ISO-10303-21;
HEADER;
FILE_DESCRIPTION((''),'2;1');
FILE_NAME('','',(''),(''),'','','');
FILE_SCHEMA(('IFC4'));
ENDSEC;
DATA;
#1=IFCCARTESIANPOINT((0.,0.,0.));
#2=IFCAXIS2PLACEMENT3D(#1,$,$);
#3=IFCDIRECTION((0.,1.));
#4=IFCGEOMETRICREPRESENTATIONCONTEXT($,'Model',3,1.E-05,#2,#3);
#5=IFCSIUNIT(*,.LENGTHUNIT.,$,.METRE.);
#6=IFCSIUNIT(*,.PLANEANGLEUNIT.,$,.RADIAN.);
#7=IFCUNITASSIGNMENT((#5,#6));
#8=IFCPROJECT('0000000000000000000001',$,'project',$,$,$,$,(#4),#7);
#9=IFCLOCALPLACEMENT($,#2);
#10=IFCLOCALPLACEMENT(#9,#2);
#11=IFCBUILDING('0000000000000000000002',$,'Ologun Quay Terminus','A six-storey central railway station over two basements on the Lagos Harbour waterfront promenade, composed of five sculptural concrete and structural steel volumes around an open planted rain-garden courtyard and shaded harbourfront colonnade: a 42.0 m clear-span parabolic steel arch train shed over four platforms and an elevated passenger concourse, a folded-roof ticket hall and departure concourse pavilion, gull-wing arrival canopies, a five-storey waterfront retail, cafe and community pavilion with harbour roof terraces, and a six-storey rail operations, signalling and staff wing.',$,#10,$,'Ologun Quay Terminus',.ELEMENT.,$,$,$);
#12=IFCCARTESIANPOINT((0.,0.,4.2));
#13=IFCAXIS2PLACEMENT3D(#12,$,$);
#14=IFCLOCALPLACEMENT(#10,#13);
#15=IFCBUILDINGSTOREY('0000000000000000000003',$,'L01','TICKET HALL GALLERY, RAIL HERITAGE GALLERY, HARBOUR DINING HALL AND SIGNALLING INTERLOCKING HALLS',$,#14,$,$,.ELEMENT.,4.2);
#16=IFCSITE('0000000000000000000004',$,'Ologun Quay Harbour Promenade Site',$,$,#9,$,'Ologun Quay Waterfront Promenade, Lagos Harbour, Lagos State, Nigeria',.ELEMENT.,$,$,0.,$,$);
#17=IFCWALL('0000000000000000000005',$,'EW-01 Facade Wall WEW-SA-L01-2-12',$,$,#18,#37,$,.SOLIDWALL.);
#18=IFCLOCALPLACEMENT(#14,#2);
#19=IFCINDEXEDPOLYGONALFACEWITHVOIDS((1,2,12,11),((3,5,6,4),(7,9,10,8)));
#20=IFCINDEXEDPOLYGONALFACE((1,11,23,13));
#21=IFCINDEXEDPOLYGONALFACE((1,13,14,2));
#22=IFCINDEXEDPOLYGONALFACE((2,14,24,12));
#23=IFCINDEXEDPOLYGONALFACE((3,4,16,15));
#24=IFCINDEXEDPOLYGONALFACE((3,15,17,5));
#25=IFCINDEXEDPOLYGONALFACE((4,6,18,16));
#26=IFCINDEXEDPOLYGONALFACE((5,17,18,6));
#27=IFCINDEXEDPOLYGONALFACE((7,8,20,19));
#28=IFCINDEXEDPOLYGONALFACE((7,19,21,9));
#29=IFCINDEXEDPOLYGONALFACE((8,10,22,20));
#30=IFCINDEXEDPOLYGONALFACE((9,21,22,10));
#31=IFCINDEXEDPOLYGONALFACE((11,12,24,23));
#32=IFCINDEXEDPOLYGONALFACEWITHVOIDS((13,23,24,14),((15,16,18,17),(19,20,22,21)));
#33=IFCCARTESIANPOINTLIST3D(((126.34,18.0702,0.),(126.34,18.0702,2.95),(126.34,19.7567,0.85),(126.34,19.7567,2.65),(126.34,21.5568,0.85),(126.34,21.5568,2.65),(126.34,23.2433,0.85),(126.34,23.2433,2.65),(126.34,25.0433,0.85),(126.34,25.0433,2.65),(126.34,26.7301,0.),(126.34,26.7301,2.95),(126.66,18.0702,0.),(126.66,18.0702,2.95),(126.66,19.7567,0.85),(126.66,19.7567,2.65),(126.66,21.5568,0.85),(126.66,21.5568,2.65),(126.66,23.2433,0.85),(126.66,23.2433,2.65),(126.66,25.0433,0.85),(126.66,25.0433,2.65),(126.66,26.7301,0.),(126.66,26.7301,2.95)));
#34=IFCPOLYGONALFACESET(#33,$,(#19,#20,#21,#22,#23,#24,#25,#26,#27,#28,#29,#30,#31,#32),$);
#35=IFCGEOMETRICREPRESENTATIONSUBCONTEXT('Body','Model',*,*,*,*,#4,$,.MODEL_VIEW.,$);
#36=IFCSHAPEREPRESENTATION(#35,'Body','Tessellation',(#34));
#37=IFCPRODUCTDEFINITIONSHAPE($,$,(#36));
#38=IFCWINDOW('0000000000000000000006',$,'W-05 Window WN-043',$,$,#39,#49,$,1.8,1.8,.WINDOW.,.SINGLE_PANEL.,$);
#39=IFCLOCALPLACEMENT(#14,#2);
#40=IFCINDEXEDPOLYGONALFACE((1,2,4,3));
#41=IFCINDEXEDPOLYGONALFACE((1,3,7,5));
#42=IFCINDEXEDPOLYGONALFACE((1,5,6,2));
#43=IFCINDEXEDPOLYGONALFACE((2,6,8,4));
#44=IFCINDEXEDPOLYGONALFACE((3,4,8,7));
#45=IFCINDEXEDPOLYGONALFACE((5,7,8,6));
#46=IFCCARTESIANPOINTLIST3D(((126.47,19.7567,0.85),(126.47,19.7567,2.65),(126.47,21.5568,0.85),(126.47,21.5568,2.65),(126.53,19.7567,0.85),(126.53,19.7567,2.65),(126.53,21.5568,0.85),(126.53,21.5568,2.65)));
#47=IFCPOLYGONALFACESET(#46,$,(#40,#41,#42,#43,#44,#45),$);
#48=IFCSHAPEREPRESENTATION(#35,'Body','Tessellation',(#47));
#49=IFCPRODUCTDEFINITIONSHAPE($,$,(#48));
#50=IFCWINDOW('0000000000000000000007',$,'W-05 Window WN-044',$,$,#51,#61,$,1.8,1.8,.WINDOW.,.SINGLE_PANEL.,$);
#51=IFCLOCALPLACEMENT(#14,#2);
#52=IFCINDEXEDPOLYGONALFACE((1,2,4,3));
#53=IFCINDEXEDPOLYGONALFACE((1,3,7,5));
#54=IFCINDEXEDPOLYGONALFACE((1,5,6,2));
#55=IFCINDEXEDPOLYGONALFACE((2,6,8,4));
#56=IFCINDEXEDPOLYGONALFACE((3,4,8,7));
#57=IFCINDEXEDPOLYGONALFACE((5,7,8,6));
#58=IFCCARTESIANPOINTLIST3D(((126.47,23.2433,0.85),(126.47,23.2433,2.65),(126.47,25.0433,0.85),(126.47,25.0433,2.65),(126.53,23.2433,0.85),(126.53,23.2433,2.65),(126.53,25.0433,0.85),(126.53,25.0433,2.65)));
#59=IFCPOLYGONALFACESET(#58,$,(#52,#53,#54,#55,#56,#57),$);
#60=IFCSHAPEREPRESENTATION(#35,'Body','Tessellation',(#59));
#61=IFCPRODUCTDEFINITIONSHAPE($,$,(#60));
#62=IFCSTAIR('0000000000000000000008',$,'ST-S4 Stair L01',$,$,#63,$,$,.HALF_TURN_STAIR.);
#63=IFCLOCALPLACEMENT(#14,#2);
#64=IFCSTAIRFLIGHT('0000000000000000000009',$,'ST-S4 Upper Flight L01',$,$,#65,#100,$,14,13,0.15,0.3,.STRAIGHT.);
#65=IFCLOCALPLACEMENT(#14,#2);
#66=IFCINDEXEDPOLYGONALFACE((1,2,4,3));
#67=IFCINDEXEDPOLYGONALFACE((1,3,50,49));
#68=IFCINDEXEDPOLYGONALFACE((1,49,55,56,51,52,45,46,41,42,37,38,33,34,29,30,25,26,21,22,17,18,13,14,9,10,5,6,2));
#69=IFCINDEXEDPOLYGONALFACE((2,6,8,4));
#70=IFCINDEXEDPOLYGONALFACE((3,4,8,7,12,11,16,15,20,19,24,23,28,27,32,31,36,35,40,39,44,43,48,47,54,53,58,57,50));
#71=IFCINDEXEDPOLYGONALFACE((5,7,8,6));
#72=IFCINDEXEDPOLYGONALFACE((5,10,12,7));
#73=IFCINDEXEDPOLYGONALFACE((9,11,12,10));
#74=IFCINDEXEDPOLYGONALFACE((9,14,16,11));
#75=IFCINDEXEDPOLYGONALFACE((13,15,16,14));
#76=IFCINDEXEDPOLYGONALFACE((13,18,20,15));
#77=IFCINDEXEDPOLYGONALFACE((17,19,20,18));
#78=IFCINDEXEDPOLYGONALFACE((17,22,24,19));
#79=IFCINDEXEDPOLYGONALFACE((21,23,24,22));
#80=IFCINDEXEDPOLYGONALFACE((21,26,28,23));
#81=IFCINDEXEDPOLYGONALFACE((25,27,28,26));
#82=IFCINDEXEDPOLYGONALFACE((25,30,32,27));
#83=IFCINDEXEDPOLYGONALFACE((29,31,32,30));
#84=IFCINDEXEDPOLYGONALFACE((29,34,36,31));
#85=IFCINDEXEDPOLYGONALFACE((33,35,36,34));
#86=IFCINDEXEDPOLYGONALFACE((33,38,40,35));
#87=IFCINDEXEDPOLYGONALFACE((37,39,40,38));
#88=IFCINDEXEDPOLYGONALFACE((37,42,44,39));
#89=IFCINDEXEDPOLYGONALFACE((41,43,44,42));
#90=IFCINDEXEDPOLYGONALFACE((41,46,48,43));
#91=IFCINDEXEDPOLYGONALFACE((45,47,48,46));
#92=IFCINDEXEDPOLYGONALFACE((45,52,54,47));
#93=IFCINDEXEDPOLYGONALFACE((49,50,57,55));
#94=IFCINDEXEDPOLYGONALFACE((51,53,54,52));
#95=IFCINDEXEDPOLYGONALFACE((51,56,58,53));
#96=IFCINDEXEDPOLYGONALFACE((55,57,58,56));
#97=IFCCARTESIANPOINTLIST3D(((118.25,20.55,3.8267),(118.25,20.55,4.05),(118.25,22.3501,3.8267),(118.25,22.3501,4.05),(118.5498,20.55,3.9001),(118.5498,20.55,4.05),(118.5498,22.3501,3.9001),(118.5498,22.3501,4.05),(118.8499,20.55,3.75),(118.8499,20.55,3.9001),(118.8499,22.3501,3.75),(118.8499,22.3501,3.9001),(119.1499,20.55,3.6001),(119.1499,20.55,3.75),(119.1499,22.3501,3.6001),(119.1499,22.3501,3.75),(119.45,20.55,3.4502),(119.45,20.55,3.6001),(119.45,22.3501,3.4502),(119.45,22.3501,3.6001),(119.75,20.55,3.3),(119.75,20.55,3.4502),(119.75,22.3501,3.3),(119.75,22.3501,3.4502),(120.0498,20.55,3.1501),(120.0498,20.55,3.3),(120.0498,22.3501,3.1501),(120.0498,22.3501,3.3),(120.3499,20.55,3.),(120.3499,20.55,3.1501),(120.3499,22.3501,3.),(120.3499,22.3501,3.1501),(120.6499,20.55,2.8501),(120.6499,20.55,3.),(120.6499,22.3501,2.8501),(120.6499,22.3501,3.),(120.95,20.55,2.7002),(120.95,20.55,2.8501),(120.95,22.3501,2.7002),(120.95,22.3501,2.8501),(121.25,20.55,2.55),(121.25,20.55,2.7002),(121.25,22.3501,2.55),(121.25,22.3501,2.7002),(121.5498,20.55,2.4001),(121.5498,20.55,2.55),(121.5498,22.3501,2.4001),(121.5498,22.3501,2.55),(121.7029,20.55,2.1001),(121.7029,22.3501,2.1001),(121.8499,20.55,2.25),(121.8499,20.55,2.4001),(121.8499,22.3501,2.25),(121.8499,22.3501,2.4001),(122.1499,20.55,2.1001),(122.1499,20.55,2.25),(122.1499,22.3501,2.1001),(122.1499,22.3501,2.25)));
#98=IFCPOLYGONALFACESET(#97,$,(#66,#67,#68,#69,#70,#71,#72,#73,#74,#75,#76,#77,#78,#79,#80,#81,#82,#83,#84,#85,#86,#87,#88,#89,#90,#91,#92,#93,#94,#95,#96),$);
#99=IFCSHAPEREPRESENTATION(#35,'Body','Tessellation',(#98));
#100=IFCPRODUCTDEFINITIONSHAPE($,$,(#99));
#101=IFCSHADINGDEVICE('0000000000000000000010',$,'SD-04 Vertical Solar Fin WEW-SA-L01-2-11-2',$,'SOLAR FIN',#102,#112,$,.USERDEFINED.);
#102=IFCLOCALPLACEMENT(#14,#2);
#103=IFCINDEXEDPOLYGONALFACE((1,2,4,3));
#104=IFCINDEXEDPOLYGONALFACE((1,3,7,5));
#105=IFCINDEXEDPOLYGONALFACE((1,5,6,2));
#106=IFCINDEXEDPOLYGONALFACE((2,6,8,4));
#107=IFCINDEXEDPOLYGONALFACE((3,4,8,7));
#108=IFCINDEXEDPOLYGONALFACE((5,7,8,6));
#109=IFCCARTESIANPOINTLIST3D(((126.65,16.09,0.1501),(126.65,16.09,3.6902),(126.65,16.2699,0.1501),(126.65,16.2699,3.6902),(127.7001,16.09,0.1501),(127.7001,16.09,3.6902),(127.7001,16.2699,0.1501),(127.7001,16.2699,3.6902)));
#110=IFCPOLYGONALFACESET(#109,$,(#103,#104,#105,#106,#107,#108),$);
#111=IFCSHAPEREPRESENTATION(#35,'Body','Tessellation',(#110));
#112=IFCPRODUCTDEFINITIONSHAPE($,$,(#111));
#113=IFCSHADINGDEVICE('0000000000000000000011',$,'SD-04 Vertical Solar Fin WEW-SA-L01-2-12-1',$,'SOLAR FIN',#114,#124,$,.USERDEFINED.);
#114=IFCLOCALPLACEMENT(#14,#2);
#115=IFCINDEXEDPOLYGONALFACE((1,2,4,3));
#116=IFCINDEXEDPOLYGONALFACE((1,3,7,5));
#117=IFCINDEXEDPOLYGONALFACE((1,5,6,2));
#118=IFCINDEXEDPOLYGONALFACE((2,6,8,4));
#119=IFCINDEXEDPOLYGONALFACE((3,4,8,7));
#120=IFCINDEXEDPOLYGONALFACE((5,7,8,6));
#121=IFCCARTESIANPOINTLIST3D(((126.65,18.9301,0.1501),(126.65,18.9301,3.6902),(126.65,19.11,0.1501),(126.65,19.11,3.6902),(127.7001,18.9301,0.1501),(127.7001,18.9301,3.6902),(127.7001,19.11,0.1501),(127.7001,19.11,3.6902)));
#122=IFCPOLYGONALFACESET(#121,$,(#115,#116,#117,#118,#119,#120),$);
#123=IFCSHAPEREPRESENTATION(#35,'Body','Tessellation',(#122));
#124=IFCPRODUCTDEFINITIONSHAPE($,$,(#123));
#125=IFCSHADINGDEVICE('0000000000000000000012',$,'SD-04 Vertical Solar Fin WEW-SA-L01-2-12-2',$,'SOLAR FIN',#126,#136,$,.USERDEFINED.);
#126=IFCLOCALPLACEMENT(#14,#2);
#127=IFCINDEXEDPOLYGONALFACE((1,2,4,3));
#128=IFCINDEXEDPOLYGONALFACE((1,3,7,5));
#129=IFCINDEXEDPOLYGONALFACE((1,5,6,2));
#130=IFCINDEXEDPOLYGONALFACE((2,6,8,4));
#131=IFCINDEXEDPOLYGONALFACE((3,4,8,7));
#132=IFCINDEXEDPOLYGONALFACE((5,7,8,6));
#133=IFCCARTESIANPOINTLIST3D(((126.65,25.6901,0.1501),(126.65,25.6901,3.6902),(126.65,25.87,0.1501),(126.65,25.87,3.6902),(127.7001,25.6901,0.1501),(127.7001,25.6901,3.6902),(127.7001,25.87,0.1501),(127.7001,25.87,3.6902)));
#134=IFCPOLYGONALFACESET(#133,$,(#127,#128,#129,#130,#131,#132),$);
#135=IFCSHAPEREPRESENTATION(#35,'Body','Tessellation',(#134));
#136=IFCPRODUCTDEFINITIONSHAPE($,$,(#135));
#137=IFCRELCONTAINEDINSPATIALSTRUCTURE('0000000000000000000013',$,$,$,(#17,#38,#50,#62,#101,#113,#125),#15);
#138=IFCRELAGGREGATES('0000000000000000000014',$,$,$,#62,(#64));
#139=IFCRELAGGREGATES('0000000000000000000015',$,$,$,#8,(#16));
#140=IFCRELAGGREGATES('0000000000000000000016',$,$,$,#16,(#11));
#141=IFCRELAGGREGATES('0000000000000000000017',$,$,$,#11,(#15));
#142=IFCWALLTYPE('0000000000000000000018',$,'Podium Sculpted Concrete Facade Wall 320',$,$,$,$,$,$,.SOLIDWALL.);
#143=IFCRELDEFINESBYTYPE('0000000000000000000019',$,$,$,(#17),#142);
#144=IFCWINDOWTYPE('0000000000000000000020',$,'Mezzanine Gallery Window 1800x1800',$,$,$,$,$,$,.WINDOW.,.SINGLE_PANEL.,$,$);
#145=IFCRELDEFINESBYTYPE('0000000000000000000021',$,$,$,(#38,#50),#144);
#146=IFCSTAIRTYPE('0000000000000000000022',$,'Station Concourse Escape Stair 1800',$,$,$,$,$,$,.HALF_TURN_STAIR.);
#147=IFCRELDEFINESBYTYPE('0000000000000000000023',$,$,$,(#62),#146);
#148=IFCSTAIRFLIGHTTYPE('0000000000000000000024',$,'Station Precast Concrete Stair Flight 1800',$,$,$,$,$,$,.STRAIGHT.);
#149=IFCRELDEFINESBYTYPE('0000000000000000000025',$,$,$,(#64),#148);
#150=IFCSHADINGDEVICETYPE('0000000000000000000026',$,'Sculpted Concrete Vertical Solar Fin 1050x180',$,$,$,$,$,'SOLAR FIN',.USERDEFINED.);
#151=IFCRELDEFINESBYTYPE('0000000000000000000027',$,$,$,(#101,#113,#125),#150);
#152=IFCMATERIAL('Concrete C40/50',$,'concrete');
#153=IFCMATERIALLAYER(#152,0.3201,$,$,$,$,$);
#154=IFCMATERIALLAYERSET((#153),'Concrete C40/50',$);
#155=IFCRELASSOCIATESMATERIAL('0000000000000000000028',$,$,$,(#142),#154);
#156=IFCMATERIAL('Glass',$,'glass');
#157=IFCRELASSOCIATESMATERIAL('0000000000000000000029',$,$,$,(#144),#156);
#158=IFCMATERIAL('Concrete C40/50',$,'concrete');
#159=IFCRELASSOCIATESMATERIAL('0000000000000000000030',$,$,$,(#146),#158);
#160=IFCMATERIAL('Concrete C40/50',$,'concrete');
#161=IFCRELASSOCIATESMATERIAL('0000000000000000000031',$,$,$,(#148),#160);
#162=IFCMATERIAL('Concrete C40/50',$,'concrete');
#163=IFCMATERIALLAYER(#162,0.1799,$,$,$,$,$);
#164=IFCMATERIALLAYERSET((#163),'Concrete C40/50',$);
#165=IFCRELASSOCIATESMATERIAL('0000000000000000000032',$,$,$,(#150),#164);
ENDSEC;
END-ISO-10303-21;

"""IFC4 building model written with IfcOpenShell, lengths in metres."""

from ifc_helpers import new_model, si_unit, direction, frame, frame_2d, origin, origin_2d, place, context, subcontext, project, spatial, polyline, rectangle, outline, extrude, material, layer, layer_set, type_object, element, fill, aggregate, save


model = new_model("IFC4")

# Units and contexts
model_context = context("Model", 3, precision=1e-05, world=origin(), true_north=direction((0.0, 1.0)))
body_context = subcontext(model_context, "Body", "Model", "MODEL_VIEW")
ifc_project = project(units=[si_unit("LENGTHUNIT", "METRE"), si_unit("PLANEANGLEUNIT", "RADIAN")], contexts=[model_context])

# Site, building, storey
site_placement = place(None, origin())
site = spatial("IfcSite", under=ifc_project, at=site_placement, Name="Ologun Quay Harbour Promenade Site", LongName="Ologun Quay Waterfront Promenade, Lagos Harbour, Lagos State, Nigeria", CompositionType="ELEMENT", RefElevation=0.0)
building_placement = place(site_placement, origin())
building = spatial("IfcBuilding", under=site, at=building_placement, Name="Ologun Quay Terminus", Description="A six-storey central railway station over two basements on the Lagos Harbour waterfront promenade, composed of five sculptural concrete and structural steel volumes around an open planted rain-garden courtyard and shaded harbourfront colonnade: a 42.0 m clear-span parabolic steel arch train shed over four platforms and an elevated passenger concourse, a folded-roof ticket hall and departure concourse pavilion, gull-wing arrival canopies, a five-storey waterfront retail, cafe and community pavilion with harbour roof terraces, and a six-storey rail operations, signalling and staff wing.", LongName="Ologun Quay Terminus", CompositionType="ELEMENT")
storey_placement = place(building_placement, frame((0.0, 0.0, 4.2)))
storey = spatial("IfcBuildingStorey", under=building, at=storey_placement, Name="L01", Description="TICKET HALL GALLERY, RAIL HERITAGE GALLERY, HARBOUR DINING HALL AND SIGNALLING INTERLOCKING HALLS", CompositionType="ELEMENT", Elevation=4.2)

# Wall, openings, windows
ifc_material_1 = material(Name="Concrete C40/50", Category="concrete")
ifc_layer_1 = layer(ifc_material_1, 0.3201)
ifc_layer_set_1 = layer_set([ifc_layer_1], Name="Concrete C40/50")
wall_type_1 = type_object("IfcWallType", Name="Podium Sculpted Concrete Facade Wall 320", PredefinedType="SOLIDWALL", material=ifc_layer_set_1)
wall_1_placement = place(storey_placement, frame((126.5, 18.0701, 0.0), z_axis=(0.0, 0.0, 1.0), x_axis=(0.0, 1.0, 0.0)))
wall_1 = element("IfcWall", 1, at=wall_1_placement, inside=storey, type_object=wall_type_1, Name="EW-01 Facade Wall WEW-SA-L01-2-12", PredefinedType="SOLIDWALL", context=body_context, shape_type="SweptSolid", body=[
    extrude(rectangle(XDim=8.6599, YDim=0.3201, at=frame_2d((4.3301, 0.0))), origin(), (0.0, 0.0, 1.0), 2.95),
])
opening_1_placement = place(wall_1_placement, frame((1.6868, 0.0, 0.8501)))
opening_1 = element("IfcOpeningElement", 2, at=opening_1_placement, cuts=wall_1, PredefinedType="OPENING", context=body_context, shape_type="SweptSolid", body=[
    extrude(rectangle(XDim=1.8, YDim=1.8, at=frame_2d((0.8999, 0.8999))), frame((0.0, 0.1699, 0.0), z_axis=(0.0, -1.0, 0.0), x_axis=(1.0, 0.0, 0.0)), (0.0, 0.0, 1.0), 0.3401),
])
opening_2_placement = place(wall_1_placement, frame((5.1733, 0.0, 0.8501)))
opening_2 = element("IfcOpeningElement", 3, at=opening_2_placement, cuts=wall_1, PredefinedType="OPENING", context=body_context, shape_type="SweptSolid", body=[
    extrude(rectangle(XDim=1.8, YDim=1.8, at=frame_2d((0.8999, 0.8999))), frame((0.0, 0.1699, 0.0), z_axis=(0.0, -1.0, 0.0), x_axis=(1.0, 0.0, 0.0)), (0.0, 0.0, 1.0), 0.3401),
])
ifc_material_2 = material(Name="Glass", Category="glass")
window_type = type_object("IfcWindowType", Name="Mezzanine Gallery Window 1800x1800", PartitioningType="SINGLE_PANEL", PredefinedType="WINDOW", material=ifc_material_2)
window_1_placement = place(opening_1_placement, origin())
window_1 = element("IfcWindow", 4, at=window_1_placement, inside=storey, type_object=window_type, Name="W-05 Window WN-043", OverallHeight=1.8, OverallWidth=1.8, PartitioningType="SINGLE_PANEL", PredefinedType="WINDOW", context=body_context, shape_type="SweptSolid", body=[
    extrude(rectangle(XDim=1.8, YDim=1.8, at=frame_2d((0.8999, 0.8999))), frame((0.0, 0.03, 0.0), z_axis=(0.0, -1.0, 0.0), x_axis=(1.0, 0.0, 0.0)), (0.0, 0.0, 1.0), 0.0601),
])
fill(opening_1, window_1)
window_2_placement = place(opening_2_placement, origin())
window_2 = element("IfcWindow", 5, at=window_2_placement, inside=storey, type_object=window_type, Name="W-05 Window WN-044", OverallHeight=1.8, OverallWidth=1.8, PartitioningType="SINGLE_PANEL", PredefinedType="WINDOW", context=body_context, shape_type="SweptSolid", body=[
    extrude(rectangle(XDim=1.8, YDim=1.8, at=frame_2d((0.8999, 0.8999))), frame((0.0, 0.03, 0.0), z_axis=(0.0, -1.0, 0.0), x_axis=(1.0, 0.0, 0.0)), (0.0, 0.0, 1.0), 0.0601),
])
fill(opening_2, window_2)

# Stair, stair flight
ifc_material_3 = material(Name="Concrete C40/50", Category="concrete")
stair_type = type_object("IfcStairType", Name="Station Concourse Escape Stair 1800", PredefinedType="HALF_TURN_STAIR", material=ifc_material_3)
stair_placement = place(storey_placement, origin())
stair = element("IfcStair", 6, at=stair_placement, inside=storey, type_object=stair_type, Name="ST-S4 Stair L01", PredefinedType="HALF_TURN_STAIR")
ifc_material_4 = material(Name="Concrete C40/50", Category="concrete")
stair_flight_type = type_object("IfcStairFlightType", Name="Station Precast Concrete Stair Flight 1800", PredefinedType="STRAIGHT", material=ifc_material_4)
stair_flight_placement = place(storey_placement, frame((122.1499, 21.45, 2.1001), z_axis=(0.0, 0.0, 1.0), x_axis=(-1.0, 0.0, 0.0)))
stair_flight = element("IfcStairFlight", 7, at=stair_flight_placement, type_object=stair_flight_type, Name="ST-S4 Upper Flight L01", NumberOfRisers=14, NumberOfTreads=13, PredefinedType="STRAIGHT", RiserHeight=0.15, TreadLength=0.3, context=body_context, shape_type="SweptSolid", body=[
    extrude(outline(polyline([(0.0, 0.0), (0.0, 0.1499), (0.3, 0.1499), (0.3, 0.3), (0.6001, 0.3), (0.6001, 0.45), (0.8999, 0.45), (0.8999, 0.6001), (1.2, 0.6001), (1.2, 0.75), (1.5, 0.75), (1.5, 0.8999), (1.8, 0.8999), (1.8, 1.05), (2.1001, 1.05), (2.1001, 1.2), (2.3999, 1.2), (2.3999, 1.3501), (2.7, 1.3501), (2.7, 1.5), (3.0, 1.5), (3.0, 1.6499), (3.3, 1.6499), (3.3, 1.8), (3.6001, 1.8), (3.6001, 1.95), (3.8999, 1.95), (3.8999, 2.1001), (3.8999, 1.7266), (0.447, 0.0), (0.0, 0.0)])), frame((0.0, 0.8999, 0.0), z_axis=(0.0, -1.0, 0.0), x_axis=(1.0, 0.0, 0.0)), (0.0, 0.0, 1.0), 1.8),
])
aggregate(stair, [stair_flight])

# Shading devices
ifc_material_5 = material(Name="Concrete C40/50", Category="concrete")
ifc_layer_2 = layer(ifc_material_5, 0.1799)
ifc_layer_set_2 = layer_set([ifc_layer_2], Name="Concrete C40/50")
shading_device_type = type_object("IfcShadingDeviceType", Name="Sculpted Concrete Vertical Solar Fin 1050x180", ElementType="SOLAR FIN", PredefinedType="USERDEFINED", material=ifc_layer_set_2)
for number, where, z_axis, x_axis, name in (
    (8, (127.175, 16.1799, 0.1501), (0.0, 0.0, 1.0), (1.0, 0.0, 0.0), "SD-04 Vertical Solar Fin WEW-SA-L01-2-11-2"),
    (9, (127.175, 19.02, 0.1501), (0.0, 0.0, 1.0), (1.0, 0.0, 0.0), "SD-04 Vertical Solar Fin WEW-SA-L01-2-12-1"),
    (10, (127.175, 25.78, 0.1501), (0.0, 0.0, 1.0), (1.0, 0.0, 0.0), "SD-04 Vertical Solar Fin WEW-SA-L01-2-12-2"),
):
    element("IfcShadingDevice", number, at=place(storey_placement, frame(where, z_axis=z_axis, x_axis=x_axis)), inside=storey, type_object=shading_device_type, Name=name, ObjectType="SOLAR FIN", PredefinedType="USERDEFINED", context=body_context, shape_type="SweptSolid", body=[
        extrude(rectangle(XDim=1.05, YDim=0.1799, at=origin_2d()), origin(), (0.0, 0.0, 1.0), 3.54),
    ])

save(model, "model.ifc")
